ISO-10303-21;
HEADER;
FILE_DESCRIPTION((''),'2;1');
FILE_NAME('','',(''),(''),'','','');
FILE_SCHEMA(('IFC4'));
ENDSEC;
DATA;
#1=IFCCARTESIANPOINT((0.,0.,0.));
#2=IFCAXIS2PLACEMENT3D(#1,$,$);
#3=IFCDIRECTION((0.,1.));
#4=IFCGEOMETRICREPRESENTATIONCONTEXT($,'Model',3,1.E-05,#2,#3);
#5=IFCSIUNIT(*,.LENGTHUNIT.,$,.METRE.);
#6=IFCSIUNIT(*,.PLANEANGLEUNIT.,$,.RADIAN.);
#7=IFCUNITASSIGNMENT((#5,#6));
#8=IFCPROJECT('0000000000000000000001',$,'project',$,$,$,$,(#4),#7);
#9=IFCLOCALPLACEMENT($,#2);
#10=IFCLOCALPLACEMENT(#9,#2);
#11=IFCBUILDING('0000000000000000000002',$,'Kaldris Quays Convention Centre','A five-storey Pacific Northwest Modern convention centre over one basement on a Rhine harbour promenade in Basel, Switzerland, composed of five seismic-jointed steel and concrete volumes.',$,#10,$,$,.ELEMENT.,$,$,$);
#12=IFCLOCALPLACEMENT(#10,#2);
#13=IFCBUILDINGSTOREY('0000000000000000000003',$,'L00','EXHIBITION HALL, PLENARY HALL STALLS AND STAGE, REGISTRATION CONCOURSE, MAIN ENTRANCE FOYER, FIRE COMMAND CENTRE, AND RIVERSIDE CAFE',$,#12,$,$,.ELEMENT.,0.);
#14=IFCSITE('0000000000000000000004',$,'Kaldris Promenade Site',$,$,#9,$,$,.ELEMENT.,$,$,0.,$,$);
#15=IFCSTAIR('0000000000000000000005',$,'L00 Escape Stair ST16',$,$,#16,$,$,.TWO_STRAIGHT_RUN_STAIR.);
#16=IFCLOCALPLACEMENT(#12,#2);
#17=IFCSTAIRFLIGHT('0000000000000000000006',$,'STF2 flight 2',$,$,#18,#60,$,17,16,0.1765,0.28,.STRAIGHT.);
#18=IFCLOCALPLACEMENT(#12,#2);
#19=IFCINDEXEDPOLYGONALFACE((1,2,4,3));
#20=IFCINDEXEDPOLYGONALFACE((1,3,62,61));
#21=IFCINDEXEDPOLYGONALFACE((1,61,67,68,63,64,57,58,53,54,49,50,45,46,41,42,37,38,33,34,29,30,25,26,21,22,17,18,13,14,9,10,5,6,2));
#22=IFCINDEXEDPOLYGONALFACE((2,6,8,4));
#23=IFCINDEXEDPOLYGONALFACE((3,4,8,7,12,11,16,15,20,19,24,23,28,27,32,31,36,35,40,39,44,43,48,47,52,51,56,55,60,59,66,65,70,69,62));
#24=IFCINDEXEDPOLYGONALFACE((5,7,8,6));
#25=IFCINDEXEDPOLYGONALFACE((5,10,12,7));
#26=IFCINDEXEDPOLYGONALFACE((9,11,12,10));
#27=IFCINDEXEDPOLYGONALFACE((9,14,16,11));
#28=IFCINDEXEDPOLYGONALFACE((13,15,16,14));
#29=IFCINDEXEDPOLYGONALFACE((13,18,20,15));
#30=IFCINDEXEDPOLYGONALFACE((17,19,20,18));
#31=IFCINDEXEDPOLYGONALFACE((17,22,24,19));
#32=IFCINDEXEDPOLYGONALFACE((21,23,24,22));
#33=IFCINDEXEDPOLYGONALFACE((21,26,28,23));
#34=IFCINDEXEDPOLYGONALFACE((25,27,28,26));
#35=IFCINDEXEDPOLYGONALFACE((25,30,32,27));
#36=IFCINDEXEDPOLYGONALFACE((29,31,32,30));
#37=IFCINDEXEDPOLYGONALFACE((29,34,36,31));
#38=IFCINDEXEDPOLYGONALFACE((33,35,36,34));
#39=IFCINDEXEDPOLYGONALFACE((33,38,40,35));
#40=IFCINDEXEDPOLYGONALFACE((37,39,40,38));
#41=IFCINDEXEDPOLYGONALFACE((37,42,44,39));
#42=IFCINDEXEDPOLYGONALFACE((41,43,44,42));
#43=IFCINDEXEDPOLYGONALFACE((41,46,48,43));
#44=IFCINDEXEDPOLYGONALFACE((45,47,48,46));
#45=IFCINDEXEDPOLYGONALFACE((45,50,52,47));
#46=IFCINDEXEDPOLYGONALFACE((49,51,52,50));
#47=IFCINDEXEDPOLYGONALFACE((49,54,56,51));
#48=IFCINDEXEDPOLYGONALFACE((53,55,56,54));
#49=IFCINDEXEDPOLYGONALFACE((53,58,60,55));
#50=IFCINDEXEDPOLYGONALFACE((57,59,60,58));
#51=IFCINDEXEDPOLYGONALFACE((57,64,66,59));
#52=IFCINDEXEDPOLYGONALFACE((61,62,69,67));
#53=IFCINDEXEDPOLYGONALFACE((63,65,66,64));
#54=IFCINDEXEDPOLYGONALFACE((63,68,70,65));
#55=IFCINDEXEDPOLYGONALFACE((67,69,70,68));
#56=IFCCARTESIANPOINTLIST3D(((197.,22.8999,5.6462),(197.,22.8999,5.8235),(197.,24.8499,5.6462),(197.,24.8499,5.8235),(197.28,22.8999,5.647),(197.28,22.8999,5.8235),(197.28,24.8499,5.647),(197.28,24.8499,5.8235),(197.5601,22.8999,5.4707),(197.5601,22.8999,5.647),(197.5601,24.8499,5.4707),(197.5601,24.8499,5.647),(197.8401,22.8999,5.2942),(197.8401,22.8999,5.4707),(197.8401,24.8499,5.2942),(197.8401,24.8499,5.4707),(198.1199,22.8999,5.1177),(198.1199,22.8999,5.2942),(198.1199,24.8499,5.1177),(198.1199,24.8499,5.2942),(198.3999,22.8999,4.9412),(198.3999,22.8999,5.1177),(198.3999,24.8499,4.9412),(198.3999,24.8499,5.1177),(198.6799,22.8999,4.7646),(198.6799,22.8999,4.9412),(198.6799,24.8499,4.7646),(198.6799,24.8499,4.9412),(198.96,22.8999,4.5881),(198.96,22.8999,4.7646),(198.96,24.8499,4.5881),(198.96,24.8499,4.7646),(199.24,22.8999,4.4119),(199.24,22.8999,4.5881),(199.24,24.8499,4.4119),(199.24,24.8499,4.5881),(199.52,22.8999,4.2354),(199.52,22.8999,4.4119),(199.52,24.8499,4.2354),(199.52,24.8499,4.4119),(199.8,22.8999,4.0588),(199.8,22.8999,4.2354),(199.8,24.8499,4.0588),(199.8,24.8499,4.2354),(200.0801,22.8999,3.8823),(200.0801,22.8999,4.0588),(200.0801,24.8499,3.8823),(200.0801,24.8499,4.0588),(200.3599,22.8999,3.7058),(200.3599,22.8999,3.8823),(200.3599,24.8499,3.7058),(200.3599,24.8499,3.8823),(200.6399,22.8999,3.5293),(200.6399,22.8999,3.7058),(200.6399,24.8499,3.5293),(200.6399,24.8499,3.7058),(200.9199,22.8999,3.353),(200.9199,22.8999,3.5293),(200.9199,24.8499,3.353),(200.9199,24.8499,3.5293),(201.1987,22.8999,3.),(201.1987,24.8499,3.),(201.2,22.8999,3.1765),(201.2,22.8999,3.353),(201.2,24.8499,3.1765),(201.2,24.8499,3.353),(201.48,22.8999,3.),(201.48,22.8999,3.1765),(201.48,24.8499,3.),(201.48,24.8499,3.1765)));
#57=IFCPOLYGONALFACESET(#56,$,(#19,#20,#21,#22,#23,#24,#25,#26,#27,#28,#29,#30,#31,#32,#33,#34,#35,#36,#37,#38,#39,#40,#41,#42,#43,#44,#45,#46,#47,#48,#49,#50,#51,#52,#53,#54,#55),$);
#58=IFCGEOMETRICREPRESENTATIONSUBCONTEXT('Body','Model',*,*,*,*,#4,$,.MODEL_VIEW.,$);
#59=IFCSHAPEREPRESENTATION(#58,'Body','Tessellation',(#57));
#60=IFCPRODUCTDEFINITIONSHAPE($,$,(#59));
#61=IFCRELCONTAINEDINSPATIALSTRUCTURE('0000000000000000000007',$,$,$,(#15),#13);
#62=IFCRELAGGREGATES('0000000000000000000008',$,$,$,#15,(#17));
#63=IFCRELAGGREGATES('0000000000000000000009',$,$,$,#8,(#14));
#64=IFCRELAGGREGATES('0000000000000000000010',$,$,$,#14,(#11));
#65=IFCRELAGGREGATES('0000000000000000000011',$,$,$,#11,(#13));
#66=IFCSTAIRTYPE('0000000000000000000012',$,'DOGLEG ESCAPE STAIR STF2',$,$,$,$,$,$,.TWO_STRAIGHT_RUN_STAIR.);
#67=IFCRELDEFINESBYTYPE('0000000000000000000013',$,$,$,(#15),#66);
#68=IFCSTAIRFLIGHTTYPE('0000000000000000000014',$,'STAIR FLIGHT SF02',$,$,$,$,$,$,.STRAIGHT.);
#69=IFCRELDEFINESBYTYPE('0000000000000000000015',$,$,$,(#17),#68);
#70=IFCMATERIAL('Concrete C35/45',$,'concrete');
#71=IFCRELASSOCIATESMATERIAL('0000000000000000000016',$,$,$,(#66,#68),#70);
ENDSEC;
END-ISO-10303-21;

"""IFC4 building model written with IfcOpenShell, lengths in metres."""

from ifc_helpers import new_model, si_unit, direction, frame, origin, place, context, subcontext, project, spatial, polyline, outline, extrude, material, type_object, element, aggregate, save


model = new_model("IFC4")

# Units and contexts
model_context = context("Model", 3, precision=1e-05, world=origin(), true_north=direction((0.0, 1.0)))
body_context = subcontext(model_context, "Body", "Model", "MODEL_VIEW")
ifc_project = project(units=[si_unit("LENGTHUNIT", "METRE"), si_unit("PLANEANGLEUNIT", "RADIAN")], contexts=[model_context])

# Site, building, storey
site_placement = place(None, origin())
site = spatial("IfcSite", under=ifc_project, at=site_placement, Name="Kaldris Promenade Site", CompositionType="ELEMENT", RefElevation=0.0)
building_placement = place(site_placement, origin())
building = spatial("IfcBuilding", under=site, at=building_placement, Name="Kaldris Quays Convention Centre", Description="A five-storey Pacific Northwest Modern convention centre over one basement on a Rhine harbour promenade in Basel, Switzerland, composed of five seismic-jointed steel and concrete volumes.", CompositionType="ELEMENT")
storey_placement = place(building_placement, origin())
storey = spatial("IfcBuildingStorey", under=building, at=storey_placement, Name="L00", Description="EXHIBITION HALL, PLENARY HALL STALLS AND STAGE, REGISTRATION CONCOURSE, MAIN ENTRANCE FOYER, FIRE COMMAND CENTRE, AND RIVERSIDE CAFE", CompositionType="ELEMENT", Elevation=0.0)

# Shared definitions
ifc_material_1 = material(Name="Concrete C35/45", Category="concrete")

# Stair, stair flight
stair_type = type_object("IfcStairType", Name="DOGLEG ESCAPE STAIR STF2", PredefinedType="TWO_STRAIGHT_RUN_STAIR", material=ifc_material_1)
stair_placement = place(storey_placement, origin())
stair = element("IfcStair", 1, at=stair_placement, inside=storey, type_object=stair_type, Name="L00 Escape Stair ST16", PredefinedType="TWO_STRAIGHT_RUN_STAIR")
stair_flight_type = type_object("IfcStairFlightType", Name="STAIR FLIGHT SF02", PredefinedType="STRAIGHT", material=ifc_material_1)
stair_flight_placement = place(storey_placement, frame((201.48, 23.875, 3.0), z_axis=(0.0, 0.0, 1.0), x_axis=(-1.0, 0.0, 0.0)))
stair_flight = element("IfcStairFlight", 2, at=stair_flight_placement, type_object=stair_flight_type, Name="STF2 flight 2", NumberOfRisers=17, NumberOfTreads=16, PredefinedType="STRAIGHT", RiserHeight=0.1765, TreadLength=0.28, context=body_context, shape_type="SweptSolid", body=[
    extrude(outline(polyline([(0.0, 0.0), (0.0, 0.1765), (0.28, 0.1765), (0.28, 0.353), (0.5601, 0.353), (0.5601, 0.5293), (0.8401, 0.5293), (0.8401, 0.7058), (1.1201, 0.7058), (1.1201, 0.8823), (1.3999, 0.8823), (1.3999, 1.0588), (1.6799, 1.0588), (1.6799, 1.2354), (1.96, 1.2354), (1.96, 1.4119), (2.24, 1.4119), (2.24, 1.5881), (2.52, 1.5881), (2.52, 1.7646), (2.8, 1.7646), (2.8, 1.9412), (3.0801, 1.9412), (3.0801, 2.1177), (3.3601, 2.1177), (3.3601, 2.2942), (3.6399, 2.2942), (3.6399, 2.4707), (3.9199, 2.4707), (3.9199, 2.647), (4.2, 2.647), (4.2, 2.8235), (4.48, 2.8235), (4.48, 3.0), (4.48, 2.6462), (0.2812, 0.0), (0.0, 0.0)])), frame((0.0, 0.9751, 0.0), z_axis=(0.0, -1.0, 0.0), x_axis=(1.0, 0.0, 0.0)), (0.0, 0.0, 1.0), 1.95),
])
aggregate(stair, [stair_flight])

save(model, "model.ifc")
